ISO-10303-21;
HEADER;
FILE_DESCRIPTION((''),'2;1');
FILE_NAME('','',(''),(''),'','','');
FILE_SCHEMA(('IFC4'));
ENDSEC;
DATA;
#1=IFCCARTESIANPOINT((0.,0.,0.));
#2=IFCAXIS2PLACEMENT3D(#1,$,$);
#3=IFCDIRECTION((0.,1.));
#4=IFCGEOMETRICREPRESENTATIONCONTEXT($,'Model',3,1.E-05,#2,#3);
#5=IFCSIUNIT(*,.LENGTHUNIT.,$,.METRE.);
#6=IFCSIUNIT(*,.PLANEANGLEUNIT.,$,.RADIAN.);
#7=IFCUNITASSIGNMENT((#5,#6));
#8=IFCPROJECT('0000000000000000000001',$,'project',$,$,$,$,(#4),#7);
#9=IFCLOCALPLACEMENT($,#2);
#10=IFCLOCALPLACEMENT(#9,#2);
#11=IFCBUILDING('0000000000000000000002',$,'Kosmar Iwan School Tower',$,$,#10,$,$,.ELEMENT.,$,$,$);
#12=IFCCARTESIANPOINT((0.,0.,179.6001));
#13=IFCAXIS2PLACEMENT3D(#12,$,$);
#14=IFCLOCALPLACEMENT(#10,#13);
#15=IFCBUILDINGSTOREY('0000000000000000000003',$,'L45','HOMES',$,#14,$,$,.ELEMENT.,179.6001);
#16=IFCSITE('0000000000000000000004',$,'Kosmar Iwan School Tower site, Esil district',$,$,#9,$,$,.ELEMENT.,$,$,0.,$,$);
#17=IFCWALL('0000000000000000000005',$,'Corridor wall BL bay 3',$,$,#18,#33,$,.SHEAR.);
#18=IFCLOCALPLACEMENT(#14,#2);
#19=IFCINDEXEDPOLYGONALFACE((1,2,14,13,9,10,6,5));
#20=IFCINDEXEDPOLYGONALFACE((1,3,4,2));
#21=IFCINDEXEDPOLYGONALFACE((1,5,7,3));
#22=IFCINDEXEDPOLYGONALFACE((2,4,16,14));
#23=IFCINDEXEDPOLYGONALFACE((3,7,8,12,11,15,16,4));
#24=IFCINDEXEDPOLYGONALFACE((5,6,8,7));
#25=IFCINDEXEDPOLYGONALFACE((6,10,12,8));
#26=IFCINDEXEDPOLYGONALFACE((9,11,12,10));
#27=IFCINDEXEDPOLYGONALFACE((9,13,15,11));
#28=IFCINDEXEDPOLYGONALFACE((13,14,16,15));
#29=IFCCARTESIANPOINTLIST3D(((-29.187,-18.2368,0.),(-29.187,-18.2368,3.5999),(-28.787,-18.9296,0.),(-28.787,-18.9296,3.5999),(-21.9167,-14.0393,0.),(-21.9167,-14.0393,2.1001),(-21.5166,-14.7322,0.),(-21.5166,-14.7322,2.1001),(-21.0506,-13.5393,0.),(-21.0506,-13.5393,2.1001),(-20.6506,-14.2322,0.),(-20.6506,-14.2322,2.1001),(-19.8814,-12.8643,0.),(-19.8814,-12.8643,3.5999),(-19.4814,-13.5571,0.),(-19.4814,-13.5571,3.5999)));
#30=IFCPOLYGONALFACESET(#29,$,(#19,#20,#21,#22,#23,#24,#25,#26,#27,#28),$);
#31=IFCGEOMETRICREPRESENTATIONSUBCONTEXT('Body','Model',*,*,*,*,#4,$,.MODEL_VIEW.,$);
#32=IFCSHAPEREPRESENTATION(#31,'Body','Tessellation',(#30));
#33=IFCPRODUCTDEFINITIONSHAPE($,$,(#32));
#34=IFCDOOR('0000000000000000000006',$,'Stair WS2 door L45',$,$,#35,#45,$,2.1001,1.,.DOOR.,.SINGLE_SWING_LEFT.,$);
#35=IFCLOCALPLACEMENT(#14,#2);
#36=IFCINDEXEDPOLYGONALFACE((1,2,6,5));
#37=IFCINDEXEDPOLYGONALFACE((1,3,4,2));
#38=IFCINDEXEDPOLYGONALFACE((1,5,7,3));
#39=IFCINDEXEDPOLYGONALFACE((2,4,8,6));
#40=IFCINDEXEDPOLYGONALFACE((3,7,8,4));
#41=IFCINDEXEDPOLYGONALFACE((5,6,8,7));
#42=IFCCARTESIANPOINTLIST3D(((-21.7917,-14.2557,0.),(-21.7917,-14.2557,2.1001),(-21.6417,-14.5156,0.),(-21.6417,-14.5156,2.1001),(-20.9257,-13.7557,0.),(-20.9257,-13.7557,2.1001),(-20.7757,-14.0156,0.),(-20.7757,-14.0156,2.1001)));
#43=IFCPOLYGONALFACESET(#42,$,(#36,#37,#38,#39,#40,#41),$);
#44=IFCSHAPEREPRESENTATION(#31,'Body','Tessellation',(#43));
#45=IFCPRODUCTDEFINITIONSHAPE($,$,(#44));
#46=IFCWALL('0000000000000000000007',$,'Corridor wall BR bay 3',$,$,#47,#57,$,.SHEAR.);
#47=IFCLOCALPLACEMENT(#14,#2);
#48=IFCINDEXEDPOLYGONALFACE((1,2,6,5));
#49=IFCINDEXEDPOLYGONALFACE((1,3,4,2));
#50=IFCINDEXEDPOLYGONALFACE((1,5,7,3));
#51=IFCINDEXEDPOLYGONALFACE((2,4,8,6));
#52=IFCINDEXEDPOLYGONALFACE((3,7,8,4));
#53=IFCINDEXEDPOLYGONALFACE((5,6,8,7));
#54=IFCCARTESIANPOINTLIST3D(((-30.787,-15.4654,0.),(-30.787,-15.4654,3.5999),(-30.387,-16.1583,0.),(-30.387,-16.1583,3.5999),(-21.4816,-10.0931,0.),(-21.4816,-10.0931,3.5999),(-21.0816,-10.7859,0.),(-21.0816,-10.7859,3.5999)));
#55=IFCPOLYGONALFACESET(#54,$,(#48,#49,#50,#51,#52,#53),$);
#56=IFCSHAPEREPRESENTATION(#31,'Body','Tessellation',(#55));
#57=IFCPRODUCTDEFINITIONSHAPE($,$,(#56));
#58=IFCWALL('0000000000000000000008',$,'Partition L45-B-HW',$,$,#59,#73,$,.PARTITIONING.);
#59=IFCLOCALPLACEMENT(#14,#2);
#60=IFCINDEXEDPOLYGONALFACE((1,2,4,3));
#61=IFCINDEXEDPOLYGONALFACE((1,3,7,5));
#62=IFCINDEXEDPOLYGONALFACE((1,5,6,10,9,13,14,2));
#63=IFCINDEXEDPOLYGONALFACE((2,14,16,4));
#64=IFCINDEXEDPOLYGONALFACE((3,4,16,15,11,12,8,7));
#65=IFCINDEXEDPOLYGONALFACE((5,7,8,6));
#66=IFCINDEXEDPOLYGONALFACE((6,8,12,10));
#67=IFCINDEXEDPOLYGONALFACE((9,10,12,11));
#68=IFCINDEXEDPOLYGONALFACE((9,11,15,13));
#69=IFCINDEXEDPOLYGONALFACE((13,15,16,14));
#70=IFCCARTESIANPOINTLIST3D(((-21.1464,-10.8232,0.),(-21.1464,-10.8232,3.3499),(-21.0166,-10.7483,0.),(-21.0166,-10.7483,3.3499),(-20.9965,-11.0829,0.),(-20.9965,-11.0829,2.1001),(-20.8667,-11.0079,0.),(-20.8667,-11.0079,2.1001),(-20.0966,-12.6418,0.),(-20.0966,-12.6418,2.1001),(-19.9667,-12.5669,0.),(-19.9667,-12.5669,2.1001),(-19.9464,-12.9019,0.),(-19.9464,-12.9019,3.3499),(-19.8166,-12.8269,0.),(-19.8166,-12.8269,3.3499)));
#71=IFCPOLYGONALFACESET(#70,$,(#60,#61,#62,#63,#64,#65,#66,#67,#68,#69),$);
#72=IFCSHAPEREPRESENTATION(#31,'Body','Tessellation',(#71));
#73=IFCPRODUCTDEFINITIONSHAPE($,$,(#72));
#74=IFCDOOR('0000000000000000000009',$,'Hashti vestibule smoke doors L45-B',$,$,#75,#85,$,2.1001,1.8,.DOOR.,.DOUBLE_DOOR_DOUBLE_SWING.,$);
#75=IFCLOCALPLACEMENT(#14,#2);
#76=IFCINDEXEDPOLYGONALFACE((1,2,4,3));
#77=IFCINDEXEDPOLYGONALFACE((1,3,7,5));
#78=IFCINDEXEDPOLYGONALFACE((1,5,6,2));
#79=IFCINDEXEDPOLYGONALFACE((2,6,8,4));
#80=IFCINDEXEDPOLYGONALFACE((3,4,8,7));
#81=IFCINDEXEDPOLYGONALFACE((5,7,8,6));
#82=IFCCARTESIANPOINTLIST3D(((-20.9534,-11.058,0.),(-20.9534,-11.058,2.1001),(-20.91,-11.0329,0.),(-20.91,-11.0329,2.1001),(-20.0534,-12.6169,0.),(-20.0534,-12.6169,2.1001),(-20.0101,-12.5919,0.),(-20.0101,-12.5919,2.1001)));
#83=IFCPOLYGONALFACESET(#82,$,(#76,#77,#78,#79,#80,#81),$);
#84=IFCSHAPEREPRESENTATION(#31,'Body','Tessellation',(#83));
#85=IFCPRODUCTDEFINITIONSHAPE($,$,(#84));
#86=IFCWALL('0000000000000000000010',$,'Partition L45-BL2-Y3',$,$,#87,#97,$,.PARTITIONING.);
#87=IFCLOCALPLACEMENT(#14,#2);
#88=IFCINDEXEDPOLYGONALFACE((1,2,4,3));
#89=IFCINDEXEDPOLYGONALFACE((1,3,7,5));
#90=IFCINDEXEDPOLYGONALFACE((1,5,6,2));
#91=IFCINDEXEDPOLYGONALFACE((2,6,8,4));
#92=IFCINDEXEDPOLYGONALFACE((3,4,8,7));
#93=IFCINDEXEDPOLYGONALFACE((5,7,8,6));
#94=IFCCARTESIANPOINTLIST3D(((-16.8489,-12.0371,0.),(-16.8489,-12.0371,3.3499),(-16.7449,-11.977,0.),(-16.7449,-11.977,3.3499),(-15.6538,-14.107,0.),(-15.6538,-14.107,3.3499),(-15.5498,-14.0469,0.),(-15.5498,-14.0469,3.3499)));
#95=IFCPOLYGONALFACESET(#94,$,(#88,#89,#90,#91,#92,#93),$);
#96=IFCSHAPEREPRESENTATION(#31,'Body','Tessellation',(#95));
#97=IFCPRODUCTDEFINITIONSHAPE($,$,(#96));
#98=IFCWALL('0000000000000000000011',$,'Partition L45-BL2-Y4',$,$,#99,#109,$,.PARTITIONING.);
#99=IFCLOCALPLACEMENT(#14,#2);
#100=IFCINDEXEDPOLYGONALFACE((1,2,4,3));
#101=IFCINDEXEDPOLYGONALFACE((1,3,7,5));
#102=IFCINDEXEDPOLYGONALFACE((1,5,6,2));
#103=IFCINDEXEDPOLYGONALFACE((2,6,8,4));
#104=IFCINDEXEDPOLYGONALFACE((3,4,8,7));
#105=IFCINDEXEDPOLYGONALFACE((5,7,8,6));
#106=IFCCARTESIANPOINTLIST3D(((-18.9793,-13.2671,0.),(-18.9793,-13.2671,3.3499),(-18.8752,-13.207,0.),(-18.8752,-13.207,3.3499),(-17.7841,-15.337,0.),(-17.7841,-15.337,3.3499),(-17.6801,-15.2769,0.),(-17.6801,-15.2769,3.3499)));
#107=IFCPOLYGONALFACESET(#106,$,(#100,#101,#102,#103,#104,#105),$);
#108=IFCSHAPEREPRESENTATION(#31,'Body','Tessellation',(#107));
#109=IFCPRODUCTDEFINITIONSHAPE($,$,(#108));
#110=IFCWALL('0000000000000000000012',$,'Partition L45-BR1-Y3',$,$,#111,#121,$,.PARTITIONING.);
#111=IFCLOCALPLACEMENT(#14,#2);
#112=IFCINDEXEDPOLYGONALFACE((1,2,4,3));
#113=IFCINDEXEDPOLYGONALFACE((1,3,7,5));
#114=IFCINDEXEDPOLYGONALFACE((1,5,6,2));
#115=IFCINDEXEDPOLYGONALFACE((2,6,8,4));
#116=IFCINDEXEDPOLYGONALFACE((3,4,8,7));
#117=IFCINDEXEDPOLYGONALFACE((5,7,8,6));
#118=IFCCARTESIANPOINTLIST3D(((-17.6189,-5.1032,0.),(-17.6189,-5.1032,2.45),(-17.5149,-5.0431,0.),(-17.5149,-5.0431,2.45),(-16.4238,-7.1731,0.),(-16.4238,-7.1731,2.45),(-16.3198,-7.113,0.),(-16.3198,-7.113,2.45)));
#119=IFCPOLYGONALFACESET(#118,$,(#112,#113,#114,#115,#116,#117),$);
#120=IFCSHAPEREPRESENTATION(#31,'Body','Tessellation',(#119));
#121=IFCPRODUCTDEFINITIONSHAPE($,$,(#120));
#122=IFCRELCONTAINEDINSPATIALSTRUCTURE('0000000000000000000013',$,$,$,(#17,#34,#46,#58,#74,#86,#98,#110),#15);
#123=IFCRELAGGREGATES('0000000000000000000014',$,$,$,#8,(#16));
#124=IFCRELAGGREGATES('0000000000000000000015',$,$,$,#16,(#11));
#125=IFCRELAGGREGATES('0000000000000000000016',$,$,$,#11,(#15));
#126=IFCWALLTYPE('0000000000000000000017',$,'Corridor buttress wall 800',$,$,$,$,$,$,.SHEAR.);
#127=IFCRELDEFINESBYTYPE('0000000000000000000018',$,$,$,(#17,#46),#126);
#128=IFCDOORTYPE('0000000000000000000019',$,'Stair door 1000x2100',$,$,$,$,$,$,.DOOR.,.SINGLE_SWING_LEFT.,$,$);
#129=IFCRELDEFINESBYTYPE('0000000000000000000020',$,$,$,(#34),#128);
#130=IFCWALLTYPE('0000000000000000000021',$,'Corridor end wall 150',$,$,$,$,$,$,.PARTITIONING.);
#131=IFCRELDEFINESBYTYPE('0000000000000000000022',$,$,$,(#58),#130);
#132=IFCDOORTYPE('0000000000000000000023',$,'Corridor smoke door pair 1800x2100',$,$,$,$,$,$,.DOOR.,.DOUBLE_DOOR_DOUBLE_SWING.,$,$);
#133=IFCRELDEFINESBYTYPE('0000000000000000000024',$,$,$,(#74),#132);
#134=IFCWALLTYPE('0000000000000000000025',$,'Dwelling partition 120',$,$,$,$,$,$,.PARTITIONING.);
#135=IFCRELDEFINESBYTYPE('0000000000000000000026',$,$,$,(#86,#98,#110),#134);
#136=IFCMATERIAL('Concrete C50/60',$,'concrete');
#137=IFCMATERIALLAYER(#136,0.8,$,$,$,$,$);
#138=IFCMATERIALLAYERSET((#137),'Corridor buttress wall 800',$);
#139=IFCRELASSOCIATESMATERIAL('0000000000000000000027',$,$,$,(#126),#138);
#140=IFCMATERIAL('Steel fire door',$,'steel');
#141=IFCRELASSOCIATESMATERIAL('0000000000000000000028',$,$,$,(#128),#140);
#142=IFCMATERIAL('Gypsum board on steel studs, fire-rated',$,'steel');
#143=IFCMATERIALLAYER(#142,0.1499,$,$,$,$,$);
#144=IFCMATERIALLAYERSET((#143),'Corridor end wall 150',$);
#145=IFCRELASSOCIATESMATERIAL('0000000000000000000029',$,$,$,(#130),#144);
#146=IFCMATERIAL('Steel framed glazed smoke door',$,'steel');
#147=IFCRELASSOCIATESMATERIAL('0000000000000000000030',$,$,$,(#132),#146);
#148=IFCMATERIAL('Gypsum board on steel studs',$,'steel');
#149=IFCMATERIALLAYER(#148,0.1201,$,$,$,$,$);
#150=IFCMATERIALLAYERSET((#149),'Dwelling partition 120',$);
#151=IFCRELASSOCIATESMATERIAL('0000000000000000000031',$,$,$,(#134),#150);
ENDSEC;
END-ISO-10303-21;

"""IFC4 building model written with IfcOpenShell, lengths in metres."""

from ifc_helpers import new_model, si_unit, direction, frame, frame_2d, origin, place, context, subcontext, project, spatial, rectangle, extrude, material, layer, layer_set, type_object, element, fill, save


model = new_model("IFC4")

# Units and contexts
model_context = context("Model", 3, precision=1e-05, world=origin(), true_north=direction((0.0, 1.0)))
body_context = subcontext(model_context, "Body", "Model", "MODEL_VIEW")
ifc_project = project(units=[si_unit("LENGTHUNIT", "METRE"), si_unit("PLANEANGLEUNIT", "RADIAN")], contexts=[model_context])

# Site, building, storey
site_placement = place(None, origin())
site = spatial("IfcSite", under=ifc_project, at=site_placement, Name="Kosmar Iwan School Tower site, Esil district", CompositionType="ELEMENT", RefElevation=0.0)
building_placement = place(site_placement, origin())
building = spatial("IfcBuilding", under=site, at=building_placement, Name="Kosmar Iwan School Tower", CompositionType="ELEMENT")
storey_placement = place(building_placement, frame((0.0, 0.0, 179.6001)))
storey = spatial("IfcBuildingStorey", under=building, at=storey_placement, Name="L45", Description="HOMES", CompositionType="ELEMENT", Elevation=179.6001)

# Wall, opening, door
ifc_material_1 = material(Name="Concrete C50/60", Category="concrete")
ifc_layer_1 = layer(ifc_material_1, 0.8)
ifc_layer_set_1 = layer_set([ifc_layer_1], Name="Corridor buttress wall 800")
wall_type_1 = type_object("IfcWallType", Name="Corridor buttress wall 800", PredefinedType="SHEAR", material=ifc_layer_set_1)
wall_1_placement = place(storey_placement, frame((-19.6814, -13.2107, 0.0), z_axis=(0.0, 0.0, 1.0), x_axis=(-0.866028, -0.499995, 0.0)))
wall_1 = element("IfcWall", 1, at=wall_1_placement, inside=storey, type_object=wall_type_1, Name="Corridor wall BL bay 3", PredefinedType="SHEAR", context=body_context, shape_type="SweptSolid", body=[
    extrude(rectangle(XDim=10.7451, YDim=0.8, at=frame_2d((5.3726, 0.0))), origin(), (0.0, 0.0, 1.0), 3.5999),
])
opening_1_placement = place(wall_1_placement, frame((1.3501, 0.0, 0.0)))
opening_1 = element("IfcOpeningElement", 2, at=opening_1_placement, cuts=wall_1, PredefinedType="OPENING", context=body_context, shape_type="SweptSolid", body=[
    extrude(rectangle(XDim=1.0, YDim=2.1001, at=frame_2d((0.5, 1.05))), frame((0.0, 0.4121, 0.0), z_axis=(0.0, -1.0, 0.0), x_axis=(1.0, 0.0, 0.0)), (0.0, 0.0, 1.0), 0.824),
])
ifc_material_2 = material(Name="Steel fire door", Category="steel")
door_type_1 = type_object("IfcDoorType", Name="Stair door 1000x2100", OperationType="SINGLE_SWING_LEFT", PredefinedType="DOOR", material=ifc_material_2)
door_1_placement = place(opening_1_placement, origin())
door_1 = element("IfcDoor", 3, at=door_1_placement, inside=storey, type_object=door_type_1, Name="Stair WS2 door L45", OperationType="SINGLE_SWING_LEFT", OverallHeight=2.1001, OverallWidth=1.0, PredefinedType="DOOR", context=body_context, shape_type="SweptSolid", body=[
    extrude(rectangle(XDim=1.0, YDim=2.1001, at=frame_2d((0.5, 1.05))), frame((0.0, 0.1499, 0.0), z_axis=(0.0, -1.0, 0.0), x_axis=(1.0, 0.0, 0.0)), (0.0, 0.0, 1.0), 0.3),
])
fill(opening_1, door_1)

# Wall
wall_2_placement = place(storey_placement, frame((-21.2815, -10.4395, 0.0), z_axis=(0.0, 0.0, 1.0), x_axis=(-0.866032, -0.499988, 0.0)))
element("IfcWall", 4, at=wall_2_placement, inside=storey, type_object=wall_type_1, Name="Corridor wall BR bay 3", PredefinedType="SHEAR", context=body_context, shape_type="SweptSolid", body=[
    extrude(rectangle(XDim=10.7449, YDim=0.8, at=frame_2d((5.3726, 0.0))), origin(), (0.0, 0.0, 1.0), 3.5999),
])

# Wall, opening, door
ifc_material_3 = material(Name="Gypsum board on steel studs, fire-rated", Category="steel")
ifc_layer_2 = layer(ifc_material_3, 0.1499)
ifc_layer_set_2 = layer_set([ifc_layer_2], Name="Corridor end wall 150")
wall_type_2 = type_object("IfcWallType", Name="Corridor end wall 150", PredefinedType="PARTITIONING", material=ifc_layer_set_2)
wall_3_placement = place(storey_placement, frame((-21.0815, -10.7856, 0.0), z_axis=(0.0, 0.0, 1.0), x_axis=(0.499957, -0.86605, 0.0)))
wall_3 = element("IfcWall", 5, at=wall_3_placement, inside=storey, type_object=wall_type_2, Name="Partition L45-B-HW", PredefinedType="PARTITIONING", context=body_context, shape_type="SweptSolid", body=[
    extrude(rectangle(XDim=2.4001, YDim=0.1499, at=frame_2d((1.2002, 0.0))), origin(), (0.0, 0.0, 1.0), 3.3499),
])
opening_2_placement = place(wall_3_placement, frame((0.3, 0.0, 0.0)))
opening_2 = element("IfcOpeningElement", 6, at=opening_2_placement, cuts=wall_3, PredefinedType="OPENING", context=body_context, shape_type="SweptSolid", body=[
    extrude(rectangle(XDim=1.8, YDim=2.1001, at=frame_2d((0.8999, 1.05))), frame((0.0, 0.0869, 0.0), z_axis=(0.0, -1.0, 0.0), x_axis=(1.0, 0.0, 0.0)), (0.0, 0.0, 1.0), 0.1738),
])
ifc_material_4 = material(Name="Steel framed glazed smoke door", Category="steel")
door_type_2 = type_object("IfcDoorType", Name="Corridor smoke door pair 1800x2100", OperationType="DOUBLE_DOOR_DOUBLE_SWING", PredefinedType="DOOR", material=ifc_material_4)
door_2_placement = place(opening_2_placement, origin())
door_2 = element("IfcDoor", 7, at=door_2_placement, inside=storey, type_object=door_type_2, Name="Hashti vestibule smoke doors L45-B", OperationType="DOUBLE_DOOR_DOUBLE_SWING", OverallHeight=2.1001, OverallWidth=1.8, PredefinedType="DOOR", context=body_context, shape_type="SweptSolid", body=[
    extrude(rectangle(XDim=1.8, YDim=2.1001, at=frame_2d((0.8999, 1.05))), frame((0.0, 0.0249, 0.0), z_axis=(0.0, -1.0, 0.0), x_axis=(1.0, 0.0, 0.0)), (0.0, 0.0, 1.0), 0.05),
])
fill(opening_2, door_2)

# Walls
ifc_material_5 = material(Name="Gypsum board on steel studs", Category="steel")
ifc_layer_3 = layer(ifc_material_5, 0.1201)
ifc_layer_set_3 = layer_set([ifc_layer_3], Name="Dwelling partition 120")
wall_type_3 = type_object("IfcWallType", Name="Dwelling partition 120", PredefinedType="PARTITIONING", material=ifc_layer_set_3)
for number, where, z_axis, x_axis, name in (
    (8, (-16.7969, -12.0071, 0.0), (0.0, 0.0, 1.0), (0.500017, -0.866015, 0.0), "Partition L45-BL2-Y3"),
    (9, (-18.9272, -13.2371, 0.0), (0.0, 0.0, 1.0), (0.500017, -0.866015, 0.0), "Partition L45-BL2-Y4"),
):
    element("IfcWall", number, at=place(storey_placement, frame(where, z_axis=z_axis, x_axis=x_axis)), inside=storey, type_object=wall_type_3, Name=name, PredefinedType="PARTITIONING", context=body_context, shape_type="SweptSolid", body=[
        extrude(rectangle(XDim=2.3901, YDim=0.1201, at=frame_2d((1.1951, 0.0))), origin(), (0.0, 0.0, 1.0), 3.3499),
    ])
wall_4_placement = place(storey_placement, frame((-16.3718, -7.1431, 0.0), z_axis=(0.0, 0.0, 1.0), x_axis=(-0.500017, 0.866015, 0.0)))
element("IfcWall", 10, at=wall_4_placement, inside=storey, type_object=wall_type_3, Name="Partition L45-BR1-Y3", PredefinedType="PARTITIONING", context=body_context, shape_type="SweptSolid", body=[
    extrude(rectangle(XDim=2.3901, YDim=0.1201, at=frame_2d((1.1951, 0.0))), origin(), (0.0, 0.0, 1.0), 2.45),
])

save(model, "model.ifc")
